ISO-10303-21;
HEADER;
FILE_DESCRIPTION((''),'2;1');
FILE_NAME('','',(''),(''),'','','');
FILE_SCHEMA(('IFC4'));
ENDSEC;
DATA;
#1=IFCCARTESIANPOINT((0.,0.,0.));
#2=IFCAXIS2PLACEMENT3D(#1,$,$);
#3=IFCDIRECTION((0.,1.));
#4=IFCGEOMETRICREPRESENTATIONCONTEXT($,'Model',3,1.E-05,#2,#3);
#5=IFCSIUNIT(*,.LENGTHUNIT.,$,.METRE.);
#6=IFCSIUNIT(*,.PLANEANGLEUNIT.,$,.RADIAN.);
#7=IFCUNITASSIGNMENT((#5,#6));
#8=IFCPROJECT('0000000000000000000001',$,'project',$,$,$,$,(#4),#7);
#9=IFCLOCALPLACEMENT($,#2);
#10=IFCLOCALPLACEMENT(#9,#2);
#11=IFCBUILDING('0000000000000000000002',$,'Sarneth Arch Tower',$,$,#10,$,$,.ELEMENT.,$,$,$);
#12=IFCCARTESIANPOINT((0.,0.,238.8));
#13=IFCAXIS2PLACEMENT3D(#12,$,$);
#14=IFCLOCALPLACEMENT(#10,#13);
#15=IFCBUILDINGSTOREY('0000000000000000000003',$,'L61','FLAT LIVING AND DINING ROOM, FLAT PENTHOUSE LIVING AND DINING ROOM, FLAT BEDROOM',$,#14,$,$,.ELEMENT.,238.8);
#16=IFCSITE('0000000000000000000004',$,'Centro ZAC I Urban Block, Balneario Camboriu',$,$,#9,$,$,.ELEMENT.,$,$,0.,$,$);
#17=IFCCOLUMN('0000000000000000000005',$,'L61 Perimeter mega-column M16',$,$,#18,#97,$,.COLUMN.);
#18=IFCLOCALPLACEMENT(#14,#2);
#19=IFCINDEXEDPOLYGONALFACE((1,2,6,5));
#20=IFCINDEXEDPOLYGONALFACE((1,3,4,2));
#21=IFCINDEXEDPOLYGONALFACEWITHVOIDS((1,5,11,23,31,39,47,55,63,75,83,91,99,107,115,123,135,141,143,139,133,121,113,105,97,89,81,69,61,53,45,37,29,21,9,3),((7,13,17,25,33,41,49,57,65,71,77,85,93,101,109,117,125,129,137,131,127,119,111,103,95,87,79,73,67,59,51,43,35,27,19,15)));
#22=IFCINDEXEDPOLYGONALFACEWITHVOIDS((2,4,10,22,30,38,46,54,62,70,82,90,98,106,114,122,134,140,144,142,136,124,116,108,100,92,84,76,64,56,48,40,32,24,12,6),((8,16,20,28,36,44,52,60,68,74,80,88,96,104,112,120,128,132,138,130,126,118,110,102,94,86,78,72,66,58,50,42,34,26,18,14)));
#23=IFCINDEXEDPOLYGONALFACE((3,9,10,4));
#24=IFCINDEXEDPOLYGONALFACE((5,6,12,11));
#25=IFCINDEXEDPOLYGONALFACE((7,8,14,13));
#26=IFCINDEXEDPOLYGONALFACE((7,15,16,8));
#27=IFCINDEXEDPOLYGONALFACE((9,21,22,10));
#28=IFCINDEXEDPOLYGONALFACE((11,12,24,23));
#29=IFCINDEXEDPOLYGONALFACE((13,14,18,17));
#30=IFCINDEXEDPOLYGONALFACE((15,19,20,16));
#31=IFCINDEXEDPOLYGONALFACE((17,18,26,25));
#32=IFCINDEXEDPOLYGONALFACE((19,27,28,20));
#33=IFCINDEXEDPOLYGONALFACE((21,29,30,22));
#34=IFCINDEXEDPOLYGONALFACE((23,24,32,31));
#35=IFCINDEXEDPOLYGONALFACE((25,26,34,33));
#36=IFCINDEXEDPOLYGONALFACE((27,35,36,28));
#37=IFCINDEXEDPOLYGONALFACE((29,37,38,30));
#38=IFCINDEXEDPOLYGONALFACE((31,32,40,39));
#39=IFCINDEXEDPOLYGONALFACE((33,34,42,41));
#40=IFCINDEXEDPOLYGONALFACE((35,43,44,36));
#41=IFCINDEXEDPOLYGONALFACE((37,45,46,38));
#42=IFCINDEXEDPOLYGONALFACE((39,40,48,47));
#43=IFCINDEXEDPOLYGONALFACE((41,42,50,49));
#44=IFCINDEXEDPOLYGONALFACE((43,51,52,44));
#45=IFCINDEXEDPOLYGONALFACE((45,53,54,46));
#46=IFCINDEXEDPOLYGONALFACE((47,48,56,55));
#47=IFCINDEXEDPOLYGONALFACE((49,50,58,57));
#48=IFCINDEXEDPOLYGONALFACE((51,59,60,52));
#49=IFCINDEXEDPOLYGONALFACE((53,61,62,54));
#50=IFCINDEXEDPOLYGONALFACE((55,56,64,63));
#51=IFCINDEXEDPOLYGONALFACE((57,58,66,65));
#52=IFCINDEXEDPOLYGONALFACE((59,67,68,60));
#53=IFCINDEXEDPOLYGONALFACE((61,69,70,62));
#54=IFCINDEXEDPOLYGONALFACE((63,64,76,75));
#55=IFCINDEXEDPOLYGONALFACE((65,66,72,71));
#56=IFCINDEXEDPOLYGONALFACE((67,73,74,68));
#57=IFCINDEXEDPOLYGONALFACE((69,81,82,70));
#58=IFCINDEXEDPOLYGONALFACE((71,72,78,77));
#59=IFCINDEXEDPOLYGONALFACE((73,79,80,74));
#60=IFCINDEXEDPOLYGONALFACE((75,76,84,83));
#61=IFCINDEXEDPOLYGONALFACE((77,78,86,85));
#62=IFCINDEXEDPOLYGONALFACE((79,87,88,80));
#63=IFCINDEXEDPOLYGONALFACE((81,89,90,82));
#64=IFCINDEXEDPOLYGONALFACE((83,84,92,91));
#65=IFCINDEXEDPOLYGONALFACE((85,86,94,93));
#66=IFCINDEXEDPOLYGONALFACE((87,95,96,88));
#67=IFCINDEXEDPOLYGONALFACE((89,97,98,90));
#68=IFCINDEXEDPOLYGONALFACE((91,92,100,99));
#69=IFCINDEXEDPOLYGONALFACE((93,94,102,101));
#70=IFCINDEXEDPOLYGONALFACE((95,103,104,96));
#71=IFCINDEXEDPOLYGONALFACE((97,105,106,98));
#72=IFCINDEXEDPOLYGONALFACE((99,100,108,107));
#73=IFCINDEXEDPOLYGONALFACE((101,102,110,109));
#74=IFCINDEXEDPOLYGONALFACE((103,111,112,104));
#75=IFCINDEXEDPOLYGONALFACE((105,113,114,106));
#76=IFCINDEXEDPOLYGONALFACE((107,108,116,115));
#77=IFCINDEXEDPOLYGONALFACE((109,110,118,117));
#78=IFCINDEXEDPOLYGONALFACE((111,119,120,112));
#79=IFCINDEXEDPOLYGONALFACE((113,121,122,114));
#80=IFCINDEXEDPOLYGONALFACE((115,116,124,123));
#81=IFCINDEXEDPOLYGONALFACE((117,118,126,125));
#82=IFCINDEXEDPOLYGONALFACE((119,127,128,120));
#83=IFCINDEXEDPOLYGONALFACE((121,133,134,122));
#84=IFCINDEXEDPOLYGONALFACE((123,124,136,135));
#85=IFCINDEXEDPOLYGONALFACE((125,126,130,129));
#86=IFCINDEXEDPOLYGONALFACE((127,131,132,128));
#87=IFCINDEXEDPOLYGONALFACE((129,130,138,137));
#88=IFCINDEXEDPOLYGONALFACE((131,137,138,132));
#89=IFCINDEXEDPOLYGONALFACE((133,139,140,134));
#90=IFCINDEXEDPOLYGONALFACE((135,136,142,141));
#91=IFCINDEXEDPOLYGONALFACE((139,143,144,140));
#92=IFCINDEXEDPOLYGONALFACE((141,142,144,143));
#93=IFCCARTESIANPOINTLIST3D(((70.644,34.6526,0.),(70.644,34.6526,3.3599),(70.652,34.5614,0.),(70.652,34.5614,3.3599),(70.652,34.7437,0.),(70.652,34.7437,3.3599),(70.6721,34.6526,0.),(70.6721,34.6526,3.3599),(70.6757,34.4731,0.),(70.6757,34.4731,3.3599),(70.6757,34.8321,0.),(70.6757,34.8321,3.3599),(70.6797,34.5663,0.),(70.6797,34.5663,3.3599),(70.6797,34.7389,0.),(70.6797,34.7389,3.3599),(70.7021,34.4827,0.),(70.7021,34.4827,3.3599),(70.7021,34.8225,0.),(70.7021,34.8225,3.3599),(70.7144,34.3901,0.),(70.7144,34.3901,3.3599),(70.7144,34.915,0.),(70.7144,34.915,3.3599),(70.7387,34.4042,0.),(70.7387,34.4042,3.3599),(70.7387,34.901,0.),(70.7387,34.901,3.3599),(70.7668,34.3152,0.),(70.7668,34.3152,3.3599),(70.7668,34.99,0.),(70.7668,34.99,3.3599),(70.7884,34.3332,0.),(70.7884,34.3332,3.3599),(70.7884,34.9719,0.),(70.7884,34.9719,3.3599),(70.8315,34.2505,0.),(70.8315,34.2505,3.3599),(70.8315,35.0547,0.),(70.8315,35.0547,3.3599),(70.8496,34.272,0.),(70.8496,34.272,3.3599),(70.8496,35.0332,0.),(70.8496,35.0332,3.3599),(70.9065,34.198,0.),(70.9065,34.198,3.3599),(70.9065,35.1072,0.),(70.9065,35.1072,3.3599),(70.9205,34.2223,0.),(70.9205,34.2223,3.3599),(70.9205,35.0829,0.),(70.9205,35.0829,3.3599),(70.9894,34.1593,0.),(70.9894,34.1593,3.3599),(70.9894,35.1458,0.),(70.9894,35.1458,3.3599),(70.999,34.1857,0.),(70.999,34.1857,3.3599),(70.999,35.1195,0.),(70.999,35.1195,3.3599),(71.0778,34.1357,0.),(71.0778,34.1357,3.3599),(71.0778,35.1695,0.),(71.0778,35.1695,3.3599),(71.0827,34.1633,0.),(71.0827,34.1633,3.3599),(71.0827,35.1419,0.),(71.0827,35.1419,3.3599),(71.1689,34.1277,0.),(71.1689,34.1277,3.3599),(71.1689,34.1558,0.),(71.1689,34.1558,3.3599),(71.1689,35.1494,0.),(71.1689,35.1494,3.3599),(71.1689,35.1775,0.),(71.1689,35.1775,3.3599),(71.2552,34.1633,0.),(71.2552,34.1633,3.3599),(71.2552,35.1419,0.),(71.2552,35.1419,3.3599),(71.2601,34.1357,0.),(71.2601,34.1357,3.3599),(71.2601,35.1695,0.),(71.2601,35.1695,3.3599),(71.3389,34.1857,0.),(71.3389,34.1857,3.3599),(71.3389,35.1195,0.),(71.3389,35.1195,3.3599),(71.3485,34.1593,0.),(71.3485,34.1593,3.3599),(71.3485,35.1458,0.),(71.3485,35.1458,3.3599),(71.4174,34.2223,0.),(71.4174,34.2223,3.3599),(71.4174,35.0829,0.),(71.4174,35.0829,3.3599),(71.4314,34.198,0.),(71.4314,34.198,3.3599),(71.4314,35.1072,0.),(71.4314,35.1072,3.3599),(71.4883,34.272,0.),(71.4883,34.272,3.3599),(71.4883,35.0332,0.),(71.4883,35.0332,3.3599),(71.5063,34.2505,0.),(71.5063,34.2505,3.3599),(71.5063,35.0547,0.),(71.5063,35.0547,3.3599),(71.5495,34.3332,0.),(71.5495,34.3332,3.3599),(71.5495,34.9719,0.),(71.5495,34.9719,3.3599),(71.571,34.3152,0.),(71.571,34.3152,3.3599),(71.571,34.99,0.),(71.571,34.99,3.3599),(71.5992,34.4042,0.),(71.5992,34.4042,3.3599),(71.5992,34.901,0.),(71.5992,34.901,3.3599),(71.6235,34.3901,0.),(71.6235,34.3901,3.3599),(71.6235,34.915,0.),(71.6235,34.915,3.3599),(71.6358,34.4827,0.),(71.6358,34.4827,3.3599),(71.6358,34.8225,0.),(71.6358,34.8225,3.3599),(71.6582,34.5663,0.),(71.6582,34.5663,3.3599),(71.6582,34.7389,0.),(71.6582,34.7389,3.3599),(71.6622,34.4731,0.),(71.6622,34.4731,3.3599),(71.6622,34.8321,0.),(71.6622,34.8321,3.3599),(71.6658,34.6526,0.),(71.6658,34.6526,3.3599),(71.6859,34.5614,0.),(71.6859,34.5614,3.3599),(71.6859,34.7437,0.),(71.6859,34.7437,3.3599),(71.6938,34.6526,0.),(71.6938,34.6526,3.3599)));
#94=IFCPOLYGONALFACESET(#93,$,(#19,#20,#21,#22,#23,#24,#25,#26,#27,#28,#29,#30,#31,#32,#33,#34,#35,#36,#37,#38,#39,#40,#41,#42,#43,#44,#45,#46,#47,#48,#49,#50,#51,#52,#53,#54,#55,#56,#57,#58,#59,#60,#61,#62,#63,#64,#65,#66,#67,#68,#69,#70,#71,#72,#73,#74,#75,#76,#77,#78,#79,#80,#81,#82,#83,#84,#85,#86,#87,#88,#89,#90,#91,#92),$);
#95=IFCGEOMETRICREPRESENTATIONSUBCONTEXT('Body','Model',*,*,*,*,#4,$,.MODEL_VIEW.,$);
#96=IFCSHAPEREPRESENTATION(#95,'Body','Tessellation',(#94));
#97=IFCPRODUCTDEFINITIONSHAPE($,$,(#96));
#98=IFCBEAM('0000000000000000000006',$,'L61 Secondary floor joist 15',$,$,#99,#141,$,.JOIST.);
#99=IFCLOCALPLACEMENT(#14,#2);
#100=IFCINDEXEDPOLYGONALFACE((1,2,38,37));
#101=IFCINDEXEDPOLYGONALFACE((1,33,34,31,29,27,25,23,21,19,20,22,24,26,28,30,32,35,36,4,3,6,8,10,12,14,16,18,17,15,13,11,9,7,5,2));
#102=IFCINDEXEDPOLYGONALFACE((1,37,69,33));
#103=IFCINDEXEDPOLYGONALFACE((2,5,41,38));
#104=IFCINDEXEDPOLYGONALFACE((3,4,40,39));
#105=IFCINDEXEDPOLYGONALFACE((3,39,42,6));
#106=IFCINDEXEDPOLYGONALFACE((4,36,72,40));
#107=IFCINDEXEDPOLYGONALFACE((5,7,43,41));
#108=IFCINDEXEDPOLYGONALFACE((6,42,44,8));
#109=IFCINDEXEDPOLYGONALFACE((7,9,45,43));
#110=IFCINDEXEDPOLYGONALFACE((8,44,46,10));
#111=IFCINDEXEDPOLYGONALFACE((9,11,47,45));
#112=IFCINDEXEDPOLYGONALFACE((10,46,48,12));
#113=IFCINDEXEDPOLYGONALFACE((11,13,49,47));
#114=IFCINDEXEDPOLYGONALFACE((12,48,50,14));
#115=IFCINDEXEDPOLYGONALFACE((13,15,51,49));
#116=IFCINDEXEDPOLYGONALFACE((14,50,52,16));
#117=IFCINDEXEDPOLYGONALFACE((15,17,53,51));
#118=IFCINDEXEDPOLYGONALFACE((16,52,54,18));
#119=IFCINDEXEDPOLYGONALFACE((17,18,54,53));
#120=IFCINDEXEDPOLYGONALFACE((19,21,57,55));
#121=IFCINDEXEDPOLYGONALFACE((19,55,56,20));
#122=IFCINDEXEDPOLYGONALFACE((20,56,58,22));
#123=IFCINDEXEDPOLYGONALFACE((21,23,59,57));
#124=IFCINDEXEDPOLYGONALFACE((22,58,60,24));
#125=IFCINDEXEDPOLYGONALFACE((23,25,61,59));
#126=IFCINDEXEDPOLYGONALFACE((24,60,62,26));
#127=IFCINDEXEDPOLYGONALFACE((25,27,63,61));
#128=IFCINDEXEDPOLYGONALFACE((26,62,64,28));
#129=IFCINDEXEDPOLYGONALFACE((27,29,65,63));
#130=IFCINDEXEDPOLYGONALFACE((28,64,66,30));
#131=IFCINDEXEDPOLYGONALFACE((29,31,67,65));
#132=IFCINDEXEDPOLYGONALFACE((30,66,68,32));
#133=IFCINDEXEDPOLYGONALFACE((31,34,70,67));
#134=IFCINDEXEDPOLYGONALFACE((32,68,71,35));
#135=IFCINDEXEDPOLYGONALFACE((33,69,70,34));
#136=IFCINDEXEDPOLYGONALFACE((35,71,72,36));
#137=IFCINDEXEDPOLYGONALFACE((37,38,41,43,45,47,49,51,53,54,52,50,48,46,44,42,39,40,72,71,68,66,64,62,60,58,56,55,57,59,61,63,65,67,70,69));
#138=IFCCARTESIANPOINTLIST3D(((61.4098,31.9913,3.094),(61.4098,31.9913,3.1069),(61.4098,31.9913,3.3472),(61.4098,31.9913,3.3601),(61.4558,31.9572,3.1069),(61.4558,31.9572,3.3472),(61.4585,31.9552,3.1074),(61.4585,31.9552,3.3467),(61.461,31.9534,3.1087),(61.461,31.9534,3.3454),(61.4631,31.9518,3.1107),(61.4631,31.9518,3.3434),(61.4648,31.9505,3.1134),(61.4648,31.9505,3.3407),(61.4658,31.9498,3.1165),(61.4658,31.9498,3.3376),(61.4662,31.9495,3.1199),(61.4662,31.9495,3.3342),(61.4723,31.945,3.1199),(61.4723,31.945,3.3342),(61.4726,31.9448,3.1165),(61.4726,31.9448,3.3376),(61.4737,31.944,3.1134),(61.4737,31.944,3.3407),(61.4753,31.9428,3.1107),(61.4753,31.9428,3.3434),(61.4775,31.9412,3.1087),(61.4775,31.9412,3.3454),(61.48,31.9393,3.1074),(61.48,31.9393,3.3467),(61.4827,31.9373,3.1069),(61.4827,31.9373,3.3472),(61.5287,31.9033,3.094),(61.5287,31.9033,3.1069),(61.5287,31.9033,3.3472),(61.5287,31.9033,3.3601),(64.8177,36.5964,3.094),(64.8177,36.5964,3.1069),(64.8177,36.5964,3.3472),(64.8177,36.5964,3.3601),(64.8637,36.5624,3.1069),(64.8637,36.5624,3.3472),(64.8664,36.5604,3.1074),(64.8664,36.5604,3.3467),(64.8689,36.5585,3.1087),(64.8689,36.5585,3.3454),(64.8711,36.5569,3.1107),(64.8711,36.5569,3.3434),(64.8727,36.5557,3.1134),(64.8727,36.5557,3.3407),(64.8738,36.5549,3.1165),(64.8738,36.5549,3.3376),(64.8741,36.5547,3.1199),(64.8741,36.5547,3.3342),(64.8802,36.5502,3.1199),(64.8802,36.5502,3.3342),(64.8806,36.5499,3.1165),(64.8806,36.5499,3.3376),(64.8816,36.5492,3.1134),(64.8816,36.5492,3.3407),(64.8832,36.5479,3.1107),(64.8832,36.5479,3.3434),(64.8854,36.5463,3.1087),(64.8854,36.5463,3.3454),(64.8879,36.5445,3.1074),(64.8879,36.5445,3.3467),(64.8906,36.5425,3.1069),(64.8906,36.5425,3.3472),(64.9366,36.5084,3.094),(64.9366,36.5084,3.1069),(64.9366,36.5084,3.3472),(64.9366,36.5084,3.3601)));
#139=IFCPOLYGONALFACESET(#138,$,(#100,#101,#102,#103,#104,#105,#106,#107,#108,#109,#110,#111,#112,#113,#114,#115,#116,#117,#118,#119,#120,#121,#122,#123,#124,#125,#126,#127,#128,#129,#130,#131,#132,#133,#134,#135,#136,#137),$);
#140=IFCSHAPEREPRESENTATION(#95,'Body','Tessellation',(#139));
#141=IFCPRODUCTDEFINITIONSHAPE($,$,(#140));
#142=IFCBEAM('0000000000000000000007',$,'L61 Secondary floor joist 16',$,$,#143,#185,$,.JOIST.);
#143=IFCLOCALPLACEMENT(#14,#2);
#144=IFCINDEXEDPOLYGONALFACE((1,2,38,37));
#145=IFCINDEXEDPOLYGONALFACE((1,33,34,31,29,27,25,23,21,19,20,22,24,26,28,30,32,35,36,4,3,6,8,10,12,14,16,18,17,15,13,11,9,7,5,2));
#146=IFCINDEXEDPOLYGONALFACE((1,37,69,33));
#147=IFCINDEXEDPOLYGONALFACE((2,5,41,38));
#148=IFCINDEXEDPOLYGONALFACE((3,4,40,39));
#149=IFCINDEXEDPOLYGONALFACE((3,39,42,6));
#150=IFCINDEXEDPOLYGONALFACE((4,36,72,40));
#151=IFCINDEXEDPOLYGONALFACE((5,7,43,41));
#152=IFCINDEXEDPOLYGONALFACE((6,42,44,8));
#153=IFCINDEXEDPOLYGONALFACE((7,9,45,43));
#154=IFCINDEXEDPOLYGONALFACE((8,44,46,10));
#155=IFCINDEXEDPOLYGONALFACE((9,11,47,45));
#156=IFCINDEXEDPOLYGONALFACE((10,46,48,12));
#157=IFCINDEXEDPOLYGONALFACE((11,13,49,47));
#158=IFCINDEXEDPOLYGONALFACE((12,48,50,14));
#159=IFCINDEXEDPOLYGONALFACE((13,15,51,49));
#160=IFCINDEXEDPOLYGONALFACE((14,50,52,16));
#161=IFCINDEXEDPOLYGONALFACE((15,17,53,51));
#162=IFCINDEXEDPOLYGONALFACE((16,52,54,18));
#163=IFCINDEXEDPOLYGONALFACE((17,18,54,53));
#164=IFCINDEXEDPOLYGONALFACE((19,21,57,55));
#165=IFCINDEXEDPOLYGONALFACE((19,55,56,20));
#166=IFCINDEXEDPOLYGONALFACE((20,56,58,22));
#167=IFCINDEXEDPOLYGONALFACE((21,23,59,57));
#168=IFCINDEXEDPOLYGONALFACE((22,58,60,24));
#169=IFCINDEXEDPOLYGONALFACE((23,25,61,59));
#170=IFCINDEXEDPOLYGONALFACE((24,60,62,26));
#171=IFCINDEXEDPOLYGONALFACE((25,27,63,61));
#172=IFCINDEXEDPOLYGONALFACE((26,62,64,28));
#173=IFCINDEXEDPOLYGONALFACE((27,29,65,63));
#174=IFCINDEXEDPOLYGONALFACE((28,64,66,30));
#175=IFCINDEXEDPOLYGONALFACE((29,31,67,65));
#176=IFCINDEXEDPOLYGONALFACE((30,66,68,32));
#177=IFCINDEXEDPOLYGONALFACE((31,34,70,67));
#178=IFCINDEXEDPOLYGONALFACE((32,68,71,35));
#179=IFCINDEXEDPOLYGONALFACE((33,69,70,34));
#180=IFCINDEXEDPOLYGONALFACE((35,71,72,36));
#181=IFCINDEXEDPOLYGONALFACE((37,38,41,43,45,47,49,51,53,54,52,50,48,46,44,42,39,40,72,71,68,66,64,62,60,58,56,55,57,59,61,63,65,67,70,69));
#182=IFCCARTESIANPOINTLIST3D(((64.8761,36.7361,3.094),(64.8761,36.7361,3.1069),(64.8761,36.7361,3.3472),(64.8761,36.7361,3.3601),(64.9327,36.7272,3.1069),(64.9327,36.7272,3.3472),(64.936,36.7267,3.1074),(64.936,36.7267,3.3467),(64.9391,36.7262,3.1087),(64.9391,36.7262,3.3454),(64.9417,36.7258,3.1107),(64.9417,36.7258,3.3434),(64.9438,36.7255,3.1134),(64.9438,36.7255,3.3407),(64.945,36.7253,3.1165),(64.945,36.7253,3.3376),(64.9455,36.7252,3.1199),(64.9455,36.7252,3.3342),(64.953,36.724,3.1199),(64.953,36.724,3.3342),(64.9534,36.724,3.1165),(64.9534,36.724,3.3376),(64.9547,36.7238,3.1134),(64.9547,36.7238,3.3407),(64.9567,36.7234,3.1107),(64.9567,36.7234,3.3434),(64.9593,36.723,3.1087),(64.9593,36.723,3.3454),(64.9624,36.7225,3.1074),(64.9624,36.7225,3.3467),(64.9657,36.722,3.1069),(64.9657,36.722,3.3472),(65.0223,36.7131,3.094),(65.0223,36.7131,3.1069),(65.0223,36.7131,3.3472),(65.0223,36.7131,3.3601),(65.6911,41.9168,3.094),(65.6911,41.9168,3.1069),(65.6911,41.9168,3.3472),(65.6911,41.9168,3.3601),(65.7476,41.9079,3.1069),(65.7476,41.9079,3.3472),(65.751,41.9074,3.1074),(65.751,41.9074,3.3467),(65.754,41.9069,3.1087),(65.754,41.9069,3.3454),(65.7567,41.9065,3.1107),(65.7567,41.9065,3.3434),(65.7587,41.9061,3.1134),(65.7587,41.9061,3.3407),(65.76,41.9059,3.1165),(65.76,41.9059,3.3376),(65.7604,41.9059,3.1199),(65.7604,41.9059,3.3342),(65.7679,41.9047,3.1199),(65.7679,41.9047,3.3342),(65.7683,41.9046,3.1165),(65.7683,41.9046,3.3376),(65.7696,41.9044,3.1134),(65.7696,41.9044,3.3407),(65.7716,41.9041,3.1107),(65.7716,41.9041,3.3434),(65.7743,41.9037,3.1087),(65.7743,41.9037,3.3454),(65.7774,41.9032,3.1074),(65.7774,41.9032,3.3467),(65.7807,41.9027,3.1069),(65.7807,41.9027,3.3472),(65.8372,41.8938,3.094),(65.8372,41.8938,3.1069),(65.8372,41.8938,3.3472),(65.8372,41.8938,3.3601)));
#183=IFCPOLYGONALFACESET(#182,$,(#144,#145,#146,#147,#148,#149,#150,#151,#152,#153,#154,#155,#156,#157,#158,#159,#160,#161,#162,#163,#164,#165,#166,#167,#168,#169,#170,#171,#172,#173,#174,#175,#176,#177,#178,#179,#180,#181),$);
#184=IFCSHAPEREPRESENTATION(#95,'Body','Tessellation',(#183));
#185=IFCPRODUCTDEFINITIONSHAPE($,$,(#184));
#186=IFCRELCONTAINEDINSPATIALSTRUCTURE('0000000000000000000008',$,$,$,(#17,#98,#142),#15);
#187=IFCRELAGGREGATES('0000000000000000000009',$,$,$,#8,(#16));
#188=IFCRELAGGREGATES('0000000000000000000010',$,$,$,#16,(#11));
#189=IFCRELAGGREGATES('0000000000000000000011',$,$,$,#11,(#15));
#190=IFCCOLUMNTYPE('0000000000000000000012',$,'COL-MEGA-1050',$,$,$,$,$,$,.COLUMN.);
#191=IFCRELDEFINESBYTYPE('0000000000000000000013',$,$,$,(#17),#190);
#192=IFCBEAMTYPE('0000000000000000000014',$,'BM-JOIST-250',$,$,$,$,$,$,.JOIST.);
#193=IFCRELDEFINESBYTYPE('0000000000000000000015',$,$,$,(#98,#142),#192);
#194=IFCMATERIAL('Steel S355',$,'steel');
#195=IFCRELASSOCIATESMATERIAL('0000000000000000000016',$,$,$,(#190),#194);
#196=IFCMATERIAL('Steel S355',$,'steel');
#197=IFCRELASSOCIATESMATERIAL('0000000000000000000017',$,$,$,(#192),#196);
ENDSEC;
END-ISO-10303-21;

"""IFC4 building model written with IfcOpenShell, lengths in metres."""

from ifc_helpers import new_model, si_unit, direction, frame, origin, origin_2d, place, context, subcontext, project, spatial, hollow_circle, i_section, extrude, material, material_profile, profile_set, type_object, element, save


model = new_model("IFC4")

# Units and contexts
model_context = context("Model", 3, precision=1e-05, world=origin(), true_north=direction((0.0, 1.0)))
body_context = subcontext(model_context, "Body", "Model", "MODEL_VIEW")
ifc_project = project(units=[si_unit("LENGTHUNIT", "METRE"), si_unit("PLANEANGLEUNIT", "RADIAN")], contexts=[model_context])

# Site, building, storey
site_placement = place(None, origin())
site = spatial("IfcSite", under=ifc_project, at=site_placement, Name="Centro ZAC I Urban Block, Balneario Camboriu", CompositionType="ELEMENT", RefElevation=0.0)
building_placement = place(site_placement, origin())
building = spatial("IfcBuilding", under=site, at=building_placement, Name="Sarneth Arch Tower", CompositionType="ELEMENT")
storey_placement = place(building_placement, frame((0.0, 0.0, 238.8)))
storey = spatial("IfcBuildingStorey", under=building, at=storey_placement, Name="L61", Description="FLAT LIVING AND DINING ROOM, FLAT PENTHOUSE LIVING AND DINING ROOM, FLAT BEDROOM", CompositionType="ELEMENT", Elevation=238.8)

# Column
ifc_material_1 = material(Name="Steel S355", Category="steel")
ifc_material_profile_1 = material_profile(ifc_material_1, hollow_circle(Radius=0.5249, WallThickness=0.0281, at=origin_2d()), Name="CHS1050x28")
ifc_profile_set_1 = profile_set([ifc_material_profile_1], Name="Steel S355")
column_type = type_object("IfcColumnType", Name="COL-MEGA-1050", PredefinedType="COLUMN", material=ifc_profile_set_1)
column_placement = place(storey_placement, frame((71.1689, 34.6526, 0.0), z_axis=(0.0, 0.0, 1.0), x_axis=(1.0, 0.0, 0.0)))
element("IfcColumn", 1, at=column_placement, inside=storey, type_object=column_type, Name="L61 Perimeter mega-column M16", PredefinedType="COLUMN", context=body_context, shape_type="SweptSolid", body=[
    extrude(hollow_circle(Radius=0.5249, WallThickness=0.0281, at=origin_2d()), origin(), (0.0, 0.0, 1.0), 3.3599),
])

# Beams
ifc_material_2 = material(Name="Steel S355", Category="steel")
ifc_material_profile_2 = material_profile(ifc_material_2, i_section(OverallWidth=0.1479, OverallDepth=0.2661, WebThickness=0.0076, FlangeThickness=0.0129, FilletRadius=0.0129, at=origin_2d()), Name="W250x44.8")
ifc_profile_set_2 = profile_set([ifc_material_profile_2], Name="Steel S355")
beam_type_1 = type_object("IfcBeamType", Name="BM-JOIST-250", PredefinedType="JOIST", material=ifc_profile_set_2)
beam_1_placement = place(storey_placement, frame((61.4692, 31.9473, 3.2271), z_axis=(0.594853, 0.803834, 0.0), x_axis=(-0.803834, 0.594853, 0.0)))
element("IfcBeam", 2, at=beam_1_placement, inside=storey, type_object=beam_type_1, Name="L61 Secondary floor joist 15", PredefinedType="JOIST", context=body_context, shape_type="SweptSolid", body=[
    extrude(i_section(OverallWidth=0.1479, OverallDepth=0.2661, WebThickness=0.0076, FlangeThickness=0.0129, FilletRadius=0.0129, at=origin_2d()), origin(), (0.0, 0.0, 1.0), 5.729),
])
beam_2_placement = place(storey_placement, frame((64.9492, 36.7246, 3.2271), z_axis=(0.155394, 0.987853, 0.0), x_axis=(-0.987853, 0.155394, 0.0)))
element("IfcBeam", 3, at=beam_2_placement, inside=storey, type_object=beam_type_1, Name="L61 Secondary floor joist 16", PredefinedType="JOIST", context=body_context, shape_type="SweptSolid", body=[
    extrude(i_section(OverallWidth=0.1479, OverallDepth=0.2661, WebThickness=0.0076, FlangeThickness=0.0129, FilletRadius=0.0129, at=origin_2d()), origin(), (0.0, 0.0, 1.0), 5.2444),
])

save(model, "model.ifc")
